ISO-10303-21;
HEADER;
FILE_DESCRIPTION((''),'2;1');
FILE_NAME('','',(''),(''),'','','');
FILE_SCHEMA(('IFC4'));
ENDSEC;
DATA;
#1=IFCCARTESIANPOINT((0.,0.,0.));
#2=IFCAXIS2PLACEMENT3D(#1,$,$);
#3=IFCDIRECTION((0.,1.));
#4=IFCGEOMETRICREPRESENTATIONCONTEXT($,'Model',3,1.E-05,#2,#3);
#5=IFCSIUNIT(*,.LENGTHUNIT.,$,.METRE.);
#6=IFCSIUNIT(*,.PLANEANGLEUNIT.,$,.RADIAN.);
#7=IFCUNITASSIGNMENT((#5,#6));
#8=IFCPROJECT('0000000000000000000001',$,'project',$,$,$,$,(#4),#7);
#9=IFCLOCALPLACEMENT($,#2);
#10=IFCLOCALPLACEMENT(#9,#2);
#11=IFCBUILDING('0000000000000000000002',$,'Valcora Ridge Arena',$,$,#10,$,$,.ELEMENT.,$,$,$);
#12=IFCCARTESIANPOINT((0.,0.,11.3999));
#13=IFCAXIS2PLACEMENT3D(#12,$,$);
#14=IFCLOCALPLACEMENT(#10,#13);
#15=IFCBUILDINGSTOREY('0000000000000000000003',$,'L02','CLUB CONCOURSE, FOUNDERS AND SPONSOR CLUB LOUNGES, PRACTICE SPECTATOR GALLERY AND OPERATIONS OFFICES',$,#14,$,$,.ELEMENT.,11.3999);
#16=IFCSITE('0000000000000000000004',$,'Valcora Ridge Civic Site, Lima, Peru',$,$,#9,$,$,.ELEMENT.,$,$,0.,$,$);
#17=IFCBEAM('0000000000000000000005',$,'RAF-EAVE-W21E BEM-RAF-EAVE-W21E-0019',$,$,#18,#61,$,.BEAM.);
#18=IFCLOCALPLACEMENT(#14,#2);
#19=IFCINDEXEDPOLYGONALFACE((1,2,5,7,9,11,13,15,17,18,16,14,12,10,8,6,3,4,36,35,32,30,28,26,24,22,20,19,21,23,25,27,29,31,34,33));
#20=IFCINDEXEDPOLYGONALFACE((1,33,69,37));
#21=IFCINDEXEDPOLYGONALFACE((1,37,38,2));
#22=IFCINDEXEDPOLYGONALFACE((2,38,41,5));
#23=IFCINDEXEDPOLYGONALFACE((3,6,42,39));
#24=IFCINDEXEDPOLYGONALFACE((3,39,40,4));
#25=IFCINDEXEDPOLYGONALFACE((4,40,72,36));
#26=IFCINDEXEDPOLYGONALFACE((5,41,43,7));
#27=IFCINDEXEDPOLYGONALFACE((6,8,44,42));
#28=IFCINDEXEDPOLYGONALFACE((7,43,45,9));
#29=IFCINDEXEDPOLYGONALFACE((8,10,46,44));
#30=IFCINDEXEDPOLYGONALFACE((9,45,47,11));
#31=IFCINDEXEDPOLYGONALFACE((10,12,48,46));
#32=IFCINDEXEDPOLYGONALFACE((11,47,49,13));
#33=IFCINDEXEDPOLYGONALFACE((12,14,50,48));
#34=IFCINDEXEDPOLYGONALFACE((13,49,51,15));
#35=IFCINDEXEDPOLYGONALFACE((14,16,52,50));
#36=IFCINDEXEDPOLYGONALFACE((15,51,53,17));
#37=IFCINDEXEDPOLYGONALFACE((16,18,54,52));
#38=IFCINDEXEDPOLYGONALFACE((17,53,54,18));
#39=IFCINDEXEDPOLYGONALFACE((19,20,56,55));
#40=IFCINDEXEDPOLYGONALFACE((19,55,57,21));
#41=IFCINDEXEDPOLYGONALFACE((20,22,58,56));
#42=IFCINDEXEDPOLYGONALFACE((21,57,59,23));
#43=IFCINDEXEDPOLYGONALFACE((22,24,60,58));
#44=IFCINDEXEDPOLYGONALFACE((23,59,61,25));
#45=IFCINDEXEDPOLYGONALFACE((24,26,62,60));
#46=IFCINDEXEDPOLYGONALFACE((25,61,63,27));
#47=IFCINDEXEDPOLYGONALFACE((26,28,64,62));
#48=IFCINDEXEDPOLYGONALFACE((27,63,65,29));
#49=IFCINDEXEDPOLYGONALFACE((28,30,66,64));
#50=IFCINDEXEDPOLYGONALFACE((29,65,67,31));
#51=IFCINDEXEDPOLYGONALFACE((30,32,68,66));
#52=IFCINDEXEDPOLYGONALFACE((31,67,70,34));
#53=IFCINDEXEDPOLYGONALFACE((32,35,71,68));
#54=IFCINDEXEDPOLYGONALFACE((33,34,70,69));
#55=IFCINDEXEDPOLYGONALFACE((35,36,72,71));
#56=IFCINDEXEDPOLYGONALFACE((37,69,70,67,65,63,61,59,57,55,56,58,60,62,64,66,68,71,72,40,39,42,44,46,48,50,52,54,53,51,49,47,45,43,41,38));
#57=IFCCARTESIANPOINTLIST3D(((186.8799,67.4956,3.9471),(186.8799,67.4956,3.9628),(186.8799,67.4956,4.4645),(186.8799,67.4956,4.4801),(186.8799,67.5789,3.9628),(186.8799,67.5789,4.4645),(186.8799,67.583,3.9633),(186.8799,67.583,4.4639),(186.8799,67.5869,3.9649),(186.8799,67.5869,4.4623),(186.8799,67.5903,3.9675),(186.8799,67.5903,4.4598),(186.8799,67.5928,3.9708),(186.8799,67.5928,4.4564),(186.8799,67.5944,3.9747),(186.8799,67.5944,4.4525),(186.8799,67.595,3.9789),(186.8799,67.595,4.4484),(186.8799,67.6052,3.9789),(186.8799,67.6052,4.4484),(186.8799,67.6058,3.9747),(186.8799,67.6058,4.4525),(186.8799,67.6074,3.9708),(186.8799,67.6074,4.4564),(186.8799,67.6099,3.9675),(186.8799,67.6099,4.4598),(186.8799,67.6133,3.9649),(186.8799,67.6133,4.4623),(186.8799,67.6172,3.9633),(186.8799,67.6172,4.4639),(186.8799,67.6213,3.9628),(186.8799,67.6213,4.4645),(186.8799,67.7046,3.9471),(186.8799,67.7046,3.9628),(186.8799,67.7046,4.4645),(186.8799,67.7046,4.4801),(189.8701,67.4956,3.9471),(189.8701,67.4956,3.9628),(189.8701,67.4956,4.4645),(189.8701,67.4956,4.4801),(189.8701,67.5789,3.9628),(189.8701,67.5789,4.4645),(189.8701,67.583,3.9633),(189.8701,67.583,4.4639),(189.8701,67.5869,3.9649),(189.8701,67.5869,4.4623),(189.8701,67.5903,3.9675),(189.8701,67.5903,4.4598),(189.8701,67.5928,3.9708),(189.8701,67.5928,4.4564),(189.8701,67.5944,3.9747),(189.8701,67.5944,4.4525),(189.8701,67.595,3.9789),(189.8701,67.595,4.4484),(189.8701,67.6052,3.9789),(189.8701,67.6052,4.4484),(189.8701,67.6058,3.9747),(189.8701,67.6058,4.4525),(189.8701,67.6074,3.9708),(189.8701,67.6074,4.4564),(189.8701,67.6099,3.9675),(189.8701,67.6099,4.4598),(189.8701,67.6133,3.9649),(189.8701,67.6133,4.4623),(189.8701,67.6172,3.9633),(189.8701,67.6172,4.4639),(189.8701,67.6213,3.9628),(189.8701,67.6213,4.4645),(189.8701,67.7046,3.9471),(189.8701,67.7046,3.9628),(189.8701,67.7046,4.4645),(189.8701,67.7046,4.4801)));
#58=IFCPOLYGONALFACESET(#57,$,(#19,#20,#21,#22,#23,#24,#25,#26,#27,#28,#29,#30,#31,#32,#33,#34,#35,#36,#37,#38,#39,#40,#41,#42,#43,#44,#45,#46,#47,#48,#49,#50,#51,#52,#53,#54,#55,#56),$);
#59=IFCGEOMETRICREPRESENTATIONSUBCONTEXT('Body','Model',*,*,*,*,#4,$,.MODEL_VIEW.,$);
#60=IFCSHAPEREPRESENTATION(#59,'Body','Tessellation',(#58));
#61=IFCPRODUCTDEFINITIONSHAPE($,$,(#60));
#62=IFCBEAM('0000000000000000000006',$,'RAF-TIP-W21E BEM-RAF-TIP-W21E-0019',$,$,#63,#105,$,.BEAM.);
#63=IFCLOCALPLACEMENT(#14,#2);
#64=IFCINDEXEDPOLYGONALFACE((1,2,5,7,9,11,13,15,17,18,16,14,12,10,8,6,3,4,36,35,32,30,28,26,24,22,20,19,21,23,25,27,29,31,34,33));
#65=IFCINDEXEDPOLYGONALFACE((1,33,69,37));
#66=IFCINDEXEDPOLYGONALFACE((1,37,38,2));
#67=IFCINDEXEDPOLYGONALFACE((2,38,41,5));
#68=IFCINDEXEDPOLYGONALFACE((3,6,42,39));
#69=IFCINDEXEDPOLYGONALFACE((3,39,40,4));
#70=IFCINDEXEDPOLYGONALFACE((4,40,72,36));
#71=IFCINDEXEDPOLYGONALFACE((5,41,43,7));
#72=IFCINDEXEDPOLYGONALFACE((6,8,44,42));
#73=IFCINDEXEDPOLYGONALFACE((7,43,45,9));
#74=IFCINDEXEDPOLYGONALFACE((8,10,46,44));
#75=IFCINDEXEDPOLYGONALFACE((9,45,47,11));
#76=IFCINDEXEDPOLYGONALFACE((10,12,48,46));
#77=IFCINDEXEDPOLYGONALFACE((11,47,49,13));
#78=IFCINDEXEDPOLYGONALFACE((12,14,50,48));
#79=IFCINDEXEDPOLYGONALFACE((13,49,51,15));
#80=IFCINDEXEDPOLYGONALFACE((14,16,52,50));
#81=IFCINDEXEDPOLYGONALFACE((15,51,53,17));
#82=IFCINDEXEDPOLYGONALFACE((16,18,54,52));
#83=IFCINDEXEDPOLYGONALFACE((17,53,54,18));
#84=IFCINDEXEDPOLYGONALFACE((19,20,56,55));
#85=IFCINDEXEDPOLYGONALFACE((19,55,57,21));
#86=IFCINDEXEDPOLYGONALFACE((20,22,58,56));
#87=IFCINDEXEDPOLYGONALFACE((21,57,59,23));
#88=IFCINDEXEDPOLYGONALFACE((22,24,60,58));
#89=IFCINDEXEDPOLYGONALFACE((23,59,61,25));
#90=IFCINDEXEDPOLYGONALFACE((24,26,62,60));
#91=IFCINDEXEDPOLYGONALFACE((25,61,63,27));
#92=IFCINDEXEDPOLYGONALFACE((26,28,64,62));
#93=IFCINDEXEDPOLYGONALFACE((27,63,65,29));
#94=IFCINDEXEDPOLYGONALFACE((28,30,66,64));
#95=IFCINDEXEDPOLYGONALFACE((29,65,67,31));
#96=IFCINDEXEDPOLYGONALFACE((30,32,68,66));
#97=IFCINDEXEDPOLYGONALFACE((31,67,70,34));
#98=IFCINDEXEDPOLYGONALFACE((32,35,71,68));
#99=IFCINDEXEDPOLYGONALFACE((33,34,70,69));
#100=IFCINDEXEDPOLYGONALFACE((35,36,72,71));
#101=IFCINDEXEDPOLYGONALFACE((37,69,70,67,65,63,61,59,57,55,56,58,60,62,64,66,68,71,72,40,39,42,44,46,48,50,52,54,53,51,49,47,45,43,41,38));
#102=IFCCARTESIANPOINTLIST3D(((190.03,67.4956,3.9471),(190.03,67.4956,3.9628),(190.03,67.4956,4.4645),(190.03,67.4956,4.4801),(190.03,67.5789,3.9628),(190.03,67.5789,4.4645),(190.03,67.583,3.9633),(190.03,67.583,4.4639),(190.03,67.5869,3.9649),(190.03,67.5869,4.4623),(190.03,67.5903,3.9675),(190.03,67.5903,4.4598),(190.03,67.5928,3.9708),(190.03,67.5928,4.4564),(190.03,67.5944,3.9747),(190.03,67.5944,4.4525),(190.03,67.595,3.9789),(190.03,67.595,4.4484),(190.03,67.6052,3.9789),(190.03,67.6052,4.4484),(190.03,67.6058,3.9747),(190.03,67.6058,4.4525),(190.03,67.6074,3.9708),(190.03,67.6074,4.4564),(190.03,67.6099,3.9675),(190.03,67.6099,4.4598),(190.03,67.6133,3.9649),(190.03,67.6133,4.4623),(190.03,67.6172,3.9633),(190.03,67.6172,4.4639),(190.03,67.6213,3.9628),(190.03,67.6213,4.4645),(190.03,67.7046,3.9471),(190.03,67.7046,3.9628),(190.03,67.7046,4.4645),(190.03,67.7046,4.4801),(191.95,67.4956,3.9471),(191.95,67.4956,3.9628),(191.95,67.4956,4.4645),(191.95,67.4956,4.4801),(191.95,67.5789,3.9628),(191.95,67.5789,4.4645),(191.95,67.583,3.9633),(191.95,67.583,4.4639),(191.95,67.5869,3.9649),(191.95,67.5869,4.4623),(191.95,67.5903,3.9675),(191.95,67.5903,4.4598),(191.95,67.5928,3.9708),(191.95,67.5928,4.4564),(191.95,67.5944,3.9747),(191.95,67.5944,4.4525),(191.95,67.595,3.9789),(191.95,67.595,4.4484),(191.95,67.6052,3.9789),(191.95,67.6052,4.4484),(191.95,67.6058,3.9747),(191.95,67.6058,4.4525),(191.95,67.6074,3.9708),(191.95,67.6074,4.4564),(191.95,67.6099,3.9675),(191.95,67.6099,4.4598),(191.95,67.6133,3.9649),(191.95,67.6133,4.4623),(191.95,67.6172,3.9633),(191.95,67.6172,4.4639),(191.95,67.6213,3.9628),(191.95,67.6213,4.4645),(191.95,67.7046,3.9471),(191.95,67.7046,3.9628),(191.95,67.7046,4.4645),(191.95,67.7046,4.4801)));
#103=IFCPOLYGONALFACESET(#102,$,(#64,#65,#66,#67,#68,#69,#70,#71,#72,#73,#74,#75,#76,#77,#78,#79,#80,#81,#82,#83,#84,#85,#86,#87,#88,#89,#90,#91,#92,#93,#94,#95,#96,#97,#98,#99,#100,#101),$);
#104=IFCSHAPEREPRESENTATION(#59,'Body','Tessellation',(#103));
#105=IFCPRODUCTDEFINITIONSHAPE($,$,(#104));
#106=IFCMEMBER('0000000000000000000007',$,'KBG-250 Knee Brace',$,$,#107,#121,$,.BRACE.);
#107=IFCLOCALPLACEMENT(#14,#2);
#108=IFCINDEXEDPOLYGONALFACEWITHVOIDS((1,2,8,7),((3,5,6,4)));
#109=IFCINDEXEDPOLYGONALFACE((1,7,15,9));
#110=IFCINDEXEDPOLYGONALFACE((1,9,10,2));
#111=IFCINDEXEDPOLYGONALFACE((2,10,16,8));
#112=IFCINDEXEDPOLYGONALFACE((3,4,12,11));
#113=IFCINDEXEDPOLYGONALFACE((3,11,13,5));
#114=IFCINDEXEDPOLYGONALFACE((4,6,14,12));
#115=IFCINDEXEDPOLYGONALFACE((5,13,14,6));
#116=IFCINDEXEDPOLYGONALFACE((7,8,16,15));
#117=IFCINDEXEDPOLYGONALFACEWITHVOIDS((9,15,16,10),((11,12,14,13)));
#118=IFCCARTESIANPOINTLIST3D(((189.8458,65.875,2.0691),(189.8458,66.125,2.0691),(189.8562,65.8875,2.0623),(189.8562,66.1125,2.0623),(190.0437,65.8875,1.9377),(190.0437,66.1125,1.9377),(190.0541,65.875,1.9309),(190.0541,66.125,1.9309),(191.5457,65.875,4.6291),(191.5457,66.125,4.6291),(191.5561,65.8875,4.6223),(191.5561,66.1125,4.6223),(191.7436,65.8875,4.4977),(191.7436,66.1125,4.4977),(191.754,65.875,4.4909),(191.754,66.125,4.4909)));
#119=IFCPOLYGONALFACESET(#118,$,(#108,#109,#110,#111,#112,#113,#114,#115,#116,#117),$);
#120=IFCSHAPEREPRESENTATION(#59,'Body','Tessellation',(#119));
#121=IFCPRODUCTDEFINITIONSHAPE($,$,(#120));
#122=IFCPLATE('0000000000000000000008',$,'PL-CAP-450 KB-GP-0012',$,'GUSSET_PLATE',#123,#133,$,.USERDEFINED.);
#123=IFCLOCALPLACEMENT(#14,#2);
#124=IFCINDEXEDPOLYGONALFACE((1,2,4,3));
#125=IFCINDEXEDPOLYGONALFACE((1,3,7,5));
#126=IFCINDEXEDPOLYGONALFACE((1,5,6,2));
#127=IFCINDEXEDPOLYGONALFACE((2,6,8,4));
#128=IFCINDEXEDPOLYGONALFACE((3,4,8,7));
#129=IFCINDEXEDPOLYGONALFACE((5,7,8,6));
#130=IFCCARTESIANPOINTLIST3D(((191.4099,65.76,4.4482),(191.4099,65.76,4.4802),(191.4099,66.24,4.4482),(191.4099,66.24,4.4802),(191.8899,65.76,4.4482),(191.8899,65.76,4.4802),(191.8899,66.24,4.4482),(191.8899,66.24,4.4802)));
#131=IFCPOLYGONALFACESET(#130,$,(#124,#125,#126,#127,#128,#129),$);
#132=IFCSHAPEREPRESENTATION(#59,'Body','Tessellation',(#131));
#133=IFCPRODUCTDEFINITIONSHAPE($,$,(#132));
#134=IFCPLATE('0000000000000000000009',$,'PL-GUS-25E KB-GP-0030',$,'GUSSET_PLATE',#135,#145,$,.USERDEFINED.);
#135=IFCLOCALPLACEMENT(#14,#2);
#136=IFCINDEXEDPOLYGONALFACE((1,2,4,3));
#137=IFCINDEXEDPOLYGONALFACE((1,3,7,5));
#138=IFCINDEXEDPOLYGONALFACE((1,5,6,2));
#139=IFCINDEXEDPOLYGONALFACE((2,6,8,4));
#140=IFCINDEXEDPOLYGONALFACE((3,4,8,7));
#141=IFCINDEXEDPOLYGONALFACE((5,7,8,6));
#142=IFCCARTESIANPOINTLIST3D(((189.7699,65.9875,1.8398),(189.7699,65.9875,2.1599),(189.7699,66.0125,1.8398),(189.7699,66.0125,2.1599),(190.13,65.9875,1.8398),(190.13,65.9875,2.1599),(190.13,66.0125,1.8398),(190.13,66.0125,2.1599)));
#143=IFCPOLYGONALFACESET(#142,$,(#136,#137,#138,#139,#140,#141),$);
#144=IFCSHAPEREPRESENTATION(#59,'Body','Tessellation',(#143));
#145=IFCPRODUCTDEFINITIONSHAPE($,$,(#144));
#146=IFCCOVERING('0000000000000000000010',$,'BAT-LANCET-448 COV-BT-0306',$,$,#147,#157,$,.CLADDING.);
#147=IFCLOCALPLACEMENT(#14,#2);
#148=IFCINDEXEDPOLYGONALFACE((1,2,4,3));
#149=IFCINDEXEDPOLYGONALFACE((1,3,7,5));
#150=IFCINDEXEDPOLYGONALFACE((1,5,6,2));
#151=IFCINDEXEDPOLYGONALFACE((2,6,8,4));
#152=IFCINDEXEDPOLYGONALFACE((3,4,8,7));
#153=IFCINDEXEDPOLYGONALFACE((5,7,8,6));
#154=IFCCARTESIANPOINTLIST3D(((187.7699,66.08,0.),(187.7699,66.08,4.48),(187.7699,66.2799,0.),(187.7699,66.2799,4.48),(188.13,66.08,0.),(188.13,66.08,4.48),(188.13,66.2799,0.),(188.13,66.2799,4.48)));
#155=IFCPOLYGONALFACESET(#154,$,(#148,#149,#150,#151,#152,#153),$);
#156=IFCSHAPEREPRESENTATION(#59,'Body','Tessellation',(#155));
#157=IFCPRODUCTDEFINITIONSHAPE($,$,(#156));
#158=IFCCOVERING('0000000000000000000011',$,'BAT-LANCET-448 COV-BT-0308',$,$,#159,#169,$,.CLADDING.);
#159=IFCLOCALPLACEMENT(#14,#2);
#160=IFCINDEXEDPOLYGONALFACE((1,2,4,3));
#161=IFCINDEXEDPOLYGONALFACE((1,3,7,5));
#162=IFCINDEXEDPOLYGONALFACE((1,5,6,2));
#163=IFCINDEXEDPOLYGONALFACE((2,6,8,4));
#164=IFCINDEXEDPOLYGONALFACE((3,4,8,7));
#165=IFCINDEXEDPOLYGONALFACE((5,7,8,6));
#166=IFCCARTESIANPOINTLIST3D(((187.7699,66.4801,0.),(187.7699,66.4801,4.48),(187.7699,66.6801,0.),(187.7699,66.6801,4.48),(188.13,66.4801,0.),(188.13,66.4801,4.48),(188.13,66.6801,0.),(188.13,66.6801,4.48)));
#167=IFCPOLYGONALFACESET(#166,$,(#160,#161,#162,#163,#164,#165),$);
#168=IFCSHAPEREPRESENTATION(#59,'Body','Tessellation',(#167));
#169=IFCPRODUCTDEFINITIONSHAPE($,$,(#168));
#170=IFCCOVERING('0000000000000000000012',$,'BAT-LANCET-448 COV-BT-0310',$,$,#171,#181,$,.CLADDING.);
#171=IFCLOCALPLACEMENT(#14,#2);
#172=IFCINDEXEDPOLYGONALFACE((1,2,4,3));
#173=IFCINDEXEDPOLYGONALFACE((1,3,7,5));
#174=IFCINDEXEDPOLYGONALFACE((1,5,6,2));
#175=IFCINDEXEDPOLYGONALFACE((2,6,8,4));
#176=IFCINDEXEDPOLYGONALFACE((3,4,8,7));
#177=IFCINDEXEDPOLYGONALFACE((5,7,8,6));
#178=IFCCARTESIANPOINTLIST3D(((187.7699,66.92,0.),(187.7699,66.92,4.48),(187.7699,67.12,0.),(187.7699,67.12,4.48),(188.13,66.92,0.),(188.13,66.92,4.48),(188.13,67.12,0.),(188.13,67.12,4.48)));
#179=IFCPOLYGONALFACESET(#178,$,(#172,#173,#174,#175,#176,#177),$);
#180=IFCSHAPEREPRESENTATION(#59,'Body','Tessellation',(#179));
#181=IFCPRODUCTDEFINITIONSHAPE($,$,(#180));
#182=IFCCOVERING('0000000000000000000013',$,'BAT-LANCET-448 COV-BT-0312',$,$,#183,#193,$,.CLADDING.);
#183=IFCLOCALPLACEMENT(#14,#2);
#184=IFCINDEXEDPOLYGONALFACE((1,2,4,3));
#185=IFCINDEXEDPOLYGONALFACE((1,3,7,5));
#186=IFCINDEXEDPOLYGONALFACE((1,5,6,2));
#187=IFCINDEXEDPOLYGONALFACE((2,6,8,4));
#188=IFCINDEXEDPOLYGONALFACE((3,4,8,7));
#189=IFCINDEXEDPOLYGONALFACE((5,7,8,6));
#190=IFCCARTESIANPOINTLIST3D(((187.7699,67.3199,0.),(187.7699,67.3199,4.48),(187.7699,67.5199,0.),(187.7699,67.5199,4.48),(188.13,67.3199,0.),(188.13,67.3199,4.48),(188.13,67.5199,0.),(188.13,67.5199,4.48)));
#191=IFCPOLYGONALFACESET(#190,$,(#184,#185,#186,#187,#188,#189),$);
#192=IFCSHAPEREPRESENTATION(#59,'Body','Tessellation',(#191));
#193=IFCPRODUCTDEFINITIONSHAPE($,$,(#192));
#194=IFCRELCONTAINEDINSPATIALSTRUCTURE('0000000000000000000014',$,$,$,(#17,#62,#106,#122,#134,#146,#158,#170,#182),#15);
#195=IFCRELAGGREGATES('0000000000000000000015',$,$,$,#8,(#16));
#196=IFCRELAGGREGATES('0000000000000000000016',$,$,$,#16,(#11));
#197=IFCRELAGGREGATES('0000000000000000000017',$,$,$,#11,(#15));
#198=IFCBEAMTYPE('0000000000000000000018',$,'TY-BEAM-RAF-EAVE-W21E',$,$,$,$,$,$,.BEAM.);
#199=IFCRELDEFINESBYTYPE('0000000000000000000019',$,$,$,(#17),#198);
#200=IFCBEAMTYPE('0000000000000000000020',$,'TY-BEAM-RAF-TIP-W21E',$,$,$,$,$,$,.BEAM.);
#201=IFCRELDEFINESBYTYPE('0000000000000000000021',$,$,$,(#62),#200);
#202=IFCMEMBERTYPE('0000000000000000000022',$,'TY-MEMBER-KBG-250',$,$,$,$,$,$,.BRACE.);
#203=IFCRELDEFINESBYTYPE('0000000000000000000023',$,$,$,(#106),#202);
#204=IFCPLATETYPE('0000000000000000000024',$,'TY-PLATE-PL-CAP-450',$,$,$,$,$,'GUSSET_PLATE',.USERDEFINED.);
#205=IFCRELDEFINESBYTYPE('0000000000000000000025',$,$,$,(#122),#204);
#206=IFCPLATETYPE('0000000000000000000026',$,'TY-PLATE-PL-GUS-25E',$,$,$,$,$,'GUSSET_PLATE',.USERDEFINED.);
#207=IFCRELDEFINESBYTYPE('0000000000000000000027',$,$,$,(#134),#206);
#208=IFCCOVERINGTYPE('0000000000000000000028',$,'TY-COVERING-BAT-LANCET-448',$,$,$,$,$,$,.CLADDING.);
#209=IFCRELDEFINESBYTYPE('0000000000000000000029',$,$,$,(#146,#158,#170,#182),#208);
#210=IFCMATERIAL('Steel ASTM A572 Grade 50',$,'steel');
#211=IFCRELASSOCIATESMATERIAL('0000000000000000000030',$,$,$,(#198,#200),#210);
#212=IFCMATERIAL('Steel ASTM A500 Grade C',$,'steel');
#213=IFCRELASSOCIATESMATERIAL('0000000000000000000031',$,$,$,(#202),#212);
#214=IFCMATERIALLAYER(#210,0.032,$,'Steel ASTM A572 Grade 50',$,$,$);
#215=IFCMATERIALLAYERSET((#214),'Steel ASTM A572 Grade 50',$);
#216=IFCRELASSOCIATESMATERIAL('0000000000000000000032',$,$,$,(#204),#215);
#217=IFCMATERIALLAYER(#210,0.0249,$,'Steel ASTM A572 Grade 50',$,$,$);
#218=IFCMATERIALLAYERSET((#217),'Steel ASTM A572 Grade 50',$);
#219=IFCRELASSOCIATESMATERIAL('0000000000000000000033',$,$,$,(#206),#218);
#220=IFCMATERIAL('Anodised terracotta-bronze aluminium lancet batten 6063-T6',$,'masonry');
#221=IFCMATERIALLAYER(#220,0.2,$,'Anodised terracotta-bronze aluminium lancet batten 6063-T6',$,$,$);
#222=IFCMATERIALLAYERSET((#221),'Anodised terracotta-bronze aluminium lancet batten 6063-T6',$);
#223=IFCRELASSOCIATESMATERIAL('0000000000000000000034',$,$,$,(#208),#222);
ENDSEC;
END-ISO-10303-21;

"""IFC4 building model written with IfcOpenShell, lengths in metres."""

from ifc_helpers import new_model, si_unit, direction, frame, origin, origin_2d, place, context, subcontext, project, spatial, rectangle, hollow_rectangle, i_section, extrude, material, layer, layer_set, material_profile, profile_set, type_object, element, save


model = new_model("IFC4")

# Units and contexts
model_context = context("Model", 3, precision=1e-05, world=origin(), true_north=direction((0.0, 1.0)))
body_context = subcontext(model_context, "Body", "Model", "MODEL_VIEW")
ifc_project = project(units=[si_unit("LENGTHUNIT", "METRE"), si_unit("PLANEANGLEUNIT", "RADIAN")], contexts=[model_context])

# Site, building, storey
site_placement = place(None, origin())
site = spatial("IfcSite", under=ifc_project, at=site_placement, Name="Valcora Ridge Civic Site, Lima, Peru", CompositionType="ELEMENT", RefElevation=0.0)
building_placement = place(site_placement, origin())
building = spatial("IfcBuilding", under=site, at=building_placement, Name="Valcora Ridge Arena", CompositionType="ELEMENT")
storey_placement = place(building_placement, frame((0.0, 0.0, 11.3999)))
storey = spatial("IfcBuildingStorey", under=building, at=storey_placement, Name="L02", Description="CLUB CONCOURSE, FOUNDERS AND SPONSOR CLUB LOUNGES, PRACTICE SPECTATOR GALLERY AND OPERATIONS OFFICES", CompositionType="ELEMENT", Elevation=11.3999)

# Shared definitions
ifc_material_1 = material(Name="Steel ASTM A500 Grade C", Category="steel")
ifc_material_2 = material(Name="Steel ASTM A572 Grade 50", Category="steel")

# Beams
ifc_material_profile_1 = material_profile(ifc_material_2, i_section(OverallWidth=0.209, OverallDepth=0.533, WebThickness=0.0103, FlangeThickness=0.0156, FilletRadius=0.0161, at=origin_2d()), Name="W21X62")
ifc_profile_set_1 = profile_set([ifc_material_profile_1], Name="Steel ASTM A572 Grade 50")
beam_type_1 = type_object("IfcBeamType", Name="TY-BEAM-RAF-EAVE-W21E", PredefinedType="BEAM", material=ifc_profile_set_1)
beam_1_placement = place(storey_placement, frame((186.8799, 67.6001, 4.2136), z_axis=(1.0, 0.0, 0.0), x_axis=(0.0, 1.0, 0.0)))
element("IfcBeam", 1, at=beam_1_placement, inside=storey, type_object=beam_type_1, Name="RAF-EAVE-W21E BEM-RAF-EAVE-W21E-0019", PredefinedType="BEAM", context=body_context, shape_type="SweptSolid", body=[
    extrude(i_section(OverallWidth=0.209, OverallDepth=0.533, WebThickness=0.0103, FlangeThickness=0.0156, FilletRadius=0.0161, at=origin_2d()), origin(), (0.0, 0.0, 1.0), 2.9902),
])
ifc_material_profile_2 = material_profile(ifc_material_2, i_section(OverallWidth=0.209, OverallDepth=0.533, WebThickness=0.0103, FlangeThickness=0.0156, FilletRadius=0.0161, at=origin_2d()), Name="W21X62")
ifc_profile_set_2 = profile_set([ifc_material_profile_2], Name="Steel ASTM A572 Grade 50")
beam_type_2 = type_object("IfcBeamType", Name="TY-BEAM-RAF-TIP-W21E", PredefinedType="BEAM", material=ifc_profile_set_2)
beam_2_placement = place(storey_placement, frame((190.03, 67.6001, 4.2136), z_axis=(1.0, 0.0, 0.0), x_axis=(0.0, 1.0, 0.0)))
element("IfcBeam", 2, at=beam_2_placement, inside=storey, type_object=beam_type_2, Name="RAF-TIP-W21E BEM-RAF-TIP-W21E-0019", PredefinedType="BEAM", context=body_context, shape_type="SweptSolid", body=[
    extrude(i_section(OverallWidth=0.209, OverallDepth=0.533, WebThickness=0.0103, FlangeThickness=0.0156, FilletRadius=0.0161, at=origin_2d()), origin(), (0.0, 0.0, 1.0), 1.9199),
])

# Member
ifc_material_profile_3 = material_profile(ifc_material_1, hollow_rectangle(XDim=0.25, YDim=0.25, WallThickness=0.0125, at=origin_2d()), Name="HSS250X250X12")
ifc_profile_set_3 = profile_set([ifc_material_profile_3], Name="Steel ASTM A500 Grade C")
member_type = type_object("IfcMemberType", Name="TY-MEMBER-KBG-250", PredefinedType="BRACE", material=ifc_profile_set_3)
member_placement = place(storey_placement, frame((189.95, 66.0, 2.0), z_axis=(0.553178, 0.0, 0.833063), x_axis=(0.0, 1.0, 0.0)))
element("IfcMember", 3, at=member_placement, inside=storey, type_object=member_type, Name="KBG-250 Knee Brace", PredefinedType="BRACE", context=body_context, shape_type="SweptSolid", body=[
    extrude(hollow_rectangle(XDim=0.25, YDim=0.25, WallThickness=0.0125, at=origin_2d()), origin(), (0.0, 0.0, 1.0), 3.073),
])

# Plates
ifc_layer_1 = layer(ifc_material_2, 0.032, Name="Steel ASTM A572 Grade 50")
ifc_layer_set_1 = layer_set([ifc_layer_1], Name="Steel ASTM A572 Grade 50")
plate_type_1 = type_object("IfcPlateType", Name="TY-PLATE-PL-CAP-450", ElementType="GUSSET_PLATE", PredefinedType="USERDEFINED", material=ifc_layer_set_1)
plate_1_placement = place(storey_placement, frame((191.6499, 66.0, 4.4482), z_axis=(0.0, 0.0, 1.0), x_axis=(1.0, 0.0, 0.0)))
element("IfcPlate", 4, at=plate_1_placement, inside=storey, type_object=plate_type_1, Name="PL-CAP-450 KB-GP-0012", ObjectType="GUSSET_PLATE", PredefinedType="USERDEFINED", context=body_context, shape_type="SweptSolid", body=[
    extrude(rectangle(XDim=0.48, YDim=0.48, at=origin_2d()), origin(), (0.0, 0.0, 1.0), 0.032),
])
ifc_layer_2 = layer(ifc_material_2, 0.0249, Name="Steel ASTM A572 Grade 50")
ifc_layer_set_2 = layer_set([ifc_layer_2], Name="Steel ASTM A572 Grade 50")
plate_type_2 = type_object("IfcPlateType", Name="TY-PLATE-PL-GUS-25E", ElementType="GUSSET_PLATE", PredefinedType="USERDEFINED", material=ifc_layer_set_2)
plate_2_placement = place(storey_placement, frame((189.95, 66.0, 1.8398), z_axis=(0.0, 0.0, 1.0), x_axis=(1.0, 0.0, 0.0)))
element("IfcPlate", 5, at=plate_2_placement, inside=storey, type_object=plate_type_2, Name="PL-GUS-25E KB-GP-0030", ObjectType="GUSSET_PLATE", PredefinedType="USERDEFINED", context=body_context, shape_type="SweptSolid", body=[
    extrude(rectangle(XDim=0.3601, YDim=0.0249, at=origin_2d()), origin(), (0.0, 0.0, 1.0), 0.3201),
])

# Coverings
ifc_material_3 = material(Name="Anodised terracotta-bronze aluminium lancet batten 6063-T6", Category="masonry")
ifc_layer_3 = layer(ifc_material_3, 0.2, Name="Anodised terracotta-bronze aluminium lancet batten 6063-T6")
ifc_layer_set_3 = layer_set([ifc_layer_3], Name="Anodised terracotta-bronze aluminium lancet batten 6063-T6")
covering_type = type_object("IfcCoveringType", Name="TY-COVERING-BAT-LANCET-448", PredefinedType="CLADDING", material=ifc_layer_set_3)
for number, where, z_axis, x_axis, name in (
    (6, (187.95, 66.1799, 0.0), (0.0, 0.0, 1.0), (1.0, 0.0, 0.0), "BAT-LANCET-448 COV-BT-0306"),
    (7, (187.95, 66.5801, 0.0), (0.0, 0.0, 1.0), (1.0, 0.0, 0.0), "BAT-LANCET-448 COV-BT-0308"),
    (8, (187.95, 67.02, 0.0), (0.0, 0.0, 1.0), (1.0, 0.0, 0.0), "BAT-LANCET-448 COV-BT-0310"),
    (9, (187.95, 67.4199, 0.0), (0.0, 0.0, 1.0), (1.0, 0.0, 0.0), "BAT-LANCET-448 COV-BT-0312"),
):
    element("IfcCovering", number, at=place(storey_placement, frame(where, z_axis=z_axis, x_axis=x_axis)), inside=storey, type_object=covering_type, Name=name, PredefinedType="CLADDING", context=body_context, shape_type="SweptSolid", body=[
        extrude(rectangle(XDim=0.3601, YDim=0.2, at=origin_2d()), origin(), (0.0, 0.0, 1.0), 4.48),
    ])

save(model, "model.ifc")
